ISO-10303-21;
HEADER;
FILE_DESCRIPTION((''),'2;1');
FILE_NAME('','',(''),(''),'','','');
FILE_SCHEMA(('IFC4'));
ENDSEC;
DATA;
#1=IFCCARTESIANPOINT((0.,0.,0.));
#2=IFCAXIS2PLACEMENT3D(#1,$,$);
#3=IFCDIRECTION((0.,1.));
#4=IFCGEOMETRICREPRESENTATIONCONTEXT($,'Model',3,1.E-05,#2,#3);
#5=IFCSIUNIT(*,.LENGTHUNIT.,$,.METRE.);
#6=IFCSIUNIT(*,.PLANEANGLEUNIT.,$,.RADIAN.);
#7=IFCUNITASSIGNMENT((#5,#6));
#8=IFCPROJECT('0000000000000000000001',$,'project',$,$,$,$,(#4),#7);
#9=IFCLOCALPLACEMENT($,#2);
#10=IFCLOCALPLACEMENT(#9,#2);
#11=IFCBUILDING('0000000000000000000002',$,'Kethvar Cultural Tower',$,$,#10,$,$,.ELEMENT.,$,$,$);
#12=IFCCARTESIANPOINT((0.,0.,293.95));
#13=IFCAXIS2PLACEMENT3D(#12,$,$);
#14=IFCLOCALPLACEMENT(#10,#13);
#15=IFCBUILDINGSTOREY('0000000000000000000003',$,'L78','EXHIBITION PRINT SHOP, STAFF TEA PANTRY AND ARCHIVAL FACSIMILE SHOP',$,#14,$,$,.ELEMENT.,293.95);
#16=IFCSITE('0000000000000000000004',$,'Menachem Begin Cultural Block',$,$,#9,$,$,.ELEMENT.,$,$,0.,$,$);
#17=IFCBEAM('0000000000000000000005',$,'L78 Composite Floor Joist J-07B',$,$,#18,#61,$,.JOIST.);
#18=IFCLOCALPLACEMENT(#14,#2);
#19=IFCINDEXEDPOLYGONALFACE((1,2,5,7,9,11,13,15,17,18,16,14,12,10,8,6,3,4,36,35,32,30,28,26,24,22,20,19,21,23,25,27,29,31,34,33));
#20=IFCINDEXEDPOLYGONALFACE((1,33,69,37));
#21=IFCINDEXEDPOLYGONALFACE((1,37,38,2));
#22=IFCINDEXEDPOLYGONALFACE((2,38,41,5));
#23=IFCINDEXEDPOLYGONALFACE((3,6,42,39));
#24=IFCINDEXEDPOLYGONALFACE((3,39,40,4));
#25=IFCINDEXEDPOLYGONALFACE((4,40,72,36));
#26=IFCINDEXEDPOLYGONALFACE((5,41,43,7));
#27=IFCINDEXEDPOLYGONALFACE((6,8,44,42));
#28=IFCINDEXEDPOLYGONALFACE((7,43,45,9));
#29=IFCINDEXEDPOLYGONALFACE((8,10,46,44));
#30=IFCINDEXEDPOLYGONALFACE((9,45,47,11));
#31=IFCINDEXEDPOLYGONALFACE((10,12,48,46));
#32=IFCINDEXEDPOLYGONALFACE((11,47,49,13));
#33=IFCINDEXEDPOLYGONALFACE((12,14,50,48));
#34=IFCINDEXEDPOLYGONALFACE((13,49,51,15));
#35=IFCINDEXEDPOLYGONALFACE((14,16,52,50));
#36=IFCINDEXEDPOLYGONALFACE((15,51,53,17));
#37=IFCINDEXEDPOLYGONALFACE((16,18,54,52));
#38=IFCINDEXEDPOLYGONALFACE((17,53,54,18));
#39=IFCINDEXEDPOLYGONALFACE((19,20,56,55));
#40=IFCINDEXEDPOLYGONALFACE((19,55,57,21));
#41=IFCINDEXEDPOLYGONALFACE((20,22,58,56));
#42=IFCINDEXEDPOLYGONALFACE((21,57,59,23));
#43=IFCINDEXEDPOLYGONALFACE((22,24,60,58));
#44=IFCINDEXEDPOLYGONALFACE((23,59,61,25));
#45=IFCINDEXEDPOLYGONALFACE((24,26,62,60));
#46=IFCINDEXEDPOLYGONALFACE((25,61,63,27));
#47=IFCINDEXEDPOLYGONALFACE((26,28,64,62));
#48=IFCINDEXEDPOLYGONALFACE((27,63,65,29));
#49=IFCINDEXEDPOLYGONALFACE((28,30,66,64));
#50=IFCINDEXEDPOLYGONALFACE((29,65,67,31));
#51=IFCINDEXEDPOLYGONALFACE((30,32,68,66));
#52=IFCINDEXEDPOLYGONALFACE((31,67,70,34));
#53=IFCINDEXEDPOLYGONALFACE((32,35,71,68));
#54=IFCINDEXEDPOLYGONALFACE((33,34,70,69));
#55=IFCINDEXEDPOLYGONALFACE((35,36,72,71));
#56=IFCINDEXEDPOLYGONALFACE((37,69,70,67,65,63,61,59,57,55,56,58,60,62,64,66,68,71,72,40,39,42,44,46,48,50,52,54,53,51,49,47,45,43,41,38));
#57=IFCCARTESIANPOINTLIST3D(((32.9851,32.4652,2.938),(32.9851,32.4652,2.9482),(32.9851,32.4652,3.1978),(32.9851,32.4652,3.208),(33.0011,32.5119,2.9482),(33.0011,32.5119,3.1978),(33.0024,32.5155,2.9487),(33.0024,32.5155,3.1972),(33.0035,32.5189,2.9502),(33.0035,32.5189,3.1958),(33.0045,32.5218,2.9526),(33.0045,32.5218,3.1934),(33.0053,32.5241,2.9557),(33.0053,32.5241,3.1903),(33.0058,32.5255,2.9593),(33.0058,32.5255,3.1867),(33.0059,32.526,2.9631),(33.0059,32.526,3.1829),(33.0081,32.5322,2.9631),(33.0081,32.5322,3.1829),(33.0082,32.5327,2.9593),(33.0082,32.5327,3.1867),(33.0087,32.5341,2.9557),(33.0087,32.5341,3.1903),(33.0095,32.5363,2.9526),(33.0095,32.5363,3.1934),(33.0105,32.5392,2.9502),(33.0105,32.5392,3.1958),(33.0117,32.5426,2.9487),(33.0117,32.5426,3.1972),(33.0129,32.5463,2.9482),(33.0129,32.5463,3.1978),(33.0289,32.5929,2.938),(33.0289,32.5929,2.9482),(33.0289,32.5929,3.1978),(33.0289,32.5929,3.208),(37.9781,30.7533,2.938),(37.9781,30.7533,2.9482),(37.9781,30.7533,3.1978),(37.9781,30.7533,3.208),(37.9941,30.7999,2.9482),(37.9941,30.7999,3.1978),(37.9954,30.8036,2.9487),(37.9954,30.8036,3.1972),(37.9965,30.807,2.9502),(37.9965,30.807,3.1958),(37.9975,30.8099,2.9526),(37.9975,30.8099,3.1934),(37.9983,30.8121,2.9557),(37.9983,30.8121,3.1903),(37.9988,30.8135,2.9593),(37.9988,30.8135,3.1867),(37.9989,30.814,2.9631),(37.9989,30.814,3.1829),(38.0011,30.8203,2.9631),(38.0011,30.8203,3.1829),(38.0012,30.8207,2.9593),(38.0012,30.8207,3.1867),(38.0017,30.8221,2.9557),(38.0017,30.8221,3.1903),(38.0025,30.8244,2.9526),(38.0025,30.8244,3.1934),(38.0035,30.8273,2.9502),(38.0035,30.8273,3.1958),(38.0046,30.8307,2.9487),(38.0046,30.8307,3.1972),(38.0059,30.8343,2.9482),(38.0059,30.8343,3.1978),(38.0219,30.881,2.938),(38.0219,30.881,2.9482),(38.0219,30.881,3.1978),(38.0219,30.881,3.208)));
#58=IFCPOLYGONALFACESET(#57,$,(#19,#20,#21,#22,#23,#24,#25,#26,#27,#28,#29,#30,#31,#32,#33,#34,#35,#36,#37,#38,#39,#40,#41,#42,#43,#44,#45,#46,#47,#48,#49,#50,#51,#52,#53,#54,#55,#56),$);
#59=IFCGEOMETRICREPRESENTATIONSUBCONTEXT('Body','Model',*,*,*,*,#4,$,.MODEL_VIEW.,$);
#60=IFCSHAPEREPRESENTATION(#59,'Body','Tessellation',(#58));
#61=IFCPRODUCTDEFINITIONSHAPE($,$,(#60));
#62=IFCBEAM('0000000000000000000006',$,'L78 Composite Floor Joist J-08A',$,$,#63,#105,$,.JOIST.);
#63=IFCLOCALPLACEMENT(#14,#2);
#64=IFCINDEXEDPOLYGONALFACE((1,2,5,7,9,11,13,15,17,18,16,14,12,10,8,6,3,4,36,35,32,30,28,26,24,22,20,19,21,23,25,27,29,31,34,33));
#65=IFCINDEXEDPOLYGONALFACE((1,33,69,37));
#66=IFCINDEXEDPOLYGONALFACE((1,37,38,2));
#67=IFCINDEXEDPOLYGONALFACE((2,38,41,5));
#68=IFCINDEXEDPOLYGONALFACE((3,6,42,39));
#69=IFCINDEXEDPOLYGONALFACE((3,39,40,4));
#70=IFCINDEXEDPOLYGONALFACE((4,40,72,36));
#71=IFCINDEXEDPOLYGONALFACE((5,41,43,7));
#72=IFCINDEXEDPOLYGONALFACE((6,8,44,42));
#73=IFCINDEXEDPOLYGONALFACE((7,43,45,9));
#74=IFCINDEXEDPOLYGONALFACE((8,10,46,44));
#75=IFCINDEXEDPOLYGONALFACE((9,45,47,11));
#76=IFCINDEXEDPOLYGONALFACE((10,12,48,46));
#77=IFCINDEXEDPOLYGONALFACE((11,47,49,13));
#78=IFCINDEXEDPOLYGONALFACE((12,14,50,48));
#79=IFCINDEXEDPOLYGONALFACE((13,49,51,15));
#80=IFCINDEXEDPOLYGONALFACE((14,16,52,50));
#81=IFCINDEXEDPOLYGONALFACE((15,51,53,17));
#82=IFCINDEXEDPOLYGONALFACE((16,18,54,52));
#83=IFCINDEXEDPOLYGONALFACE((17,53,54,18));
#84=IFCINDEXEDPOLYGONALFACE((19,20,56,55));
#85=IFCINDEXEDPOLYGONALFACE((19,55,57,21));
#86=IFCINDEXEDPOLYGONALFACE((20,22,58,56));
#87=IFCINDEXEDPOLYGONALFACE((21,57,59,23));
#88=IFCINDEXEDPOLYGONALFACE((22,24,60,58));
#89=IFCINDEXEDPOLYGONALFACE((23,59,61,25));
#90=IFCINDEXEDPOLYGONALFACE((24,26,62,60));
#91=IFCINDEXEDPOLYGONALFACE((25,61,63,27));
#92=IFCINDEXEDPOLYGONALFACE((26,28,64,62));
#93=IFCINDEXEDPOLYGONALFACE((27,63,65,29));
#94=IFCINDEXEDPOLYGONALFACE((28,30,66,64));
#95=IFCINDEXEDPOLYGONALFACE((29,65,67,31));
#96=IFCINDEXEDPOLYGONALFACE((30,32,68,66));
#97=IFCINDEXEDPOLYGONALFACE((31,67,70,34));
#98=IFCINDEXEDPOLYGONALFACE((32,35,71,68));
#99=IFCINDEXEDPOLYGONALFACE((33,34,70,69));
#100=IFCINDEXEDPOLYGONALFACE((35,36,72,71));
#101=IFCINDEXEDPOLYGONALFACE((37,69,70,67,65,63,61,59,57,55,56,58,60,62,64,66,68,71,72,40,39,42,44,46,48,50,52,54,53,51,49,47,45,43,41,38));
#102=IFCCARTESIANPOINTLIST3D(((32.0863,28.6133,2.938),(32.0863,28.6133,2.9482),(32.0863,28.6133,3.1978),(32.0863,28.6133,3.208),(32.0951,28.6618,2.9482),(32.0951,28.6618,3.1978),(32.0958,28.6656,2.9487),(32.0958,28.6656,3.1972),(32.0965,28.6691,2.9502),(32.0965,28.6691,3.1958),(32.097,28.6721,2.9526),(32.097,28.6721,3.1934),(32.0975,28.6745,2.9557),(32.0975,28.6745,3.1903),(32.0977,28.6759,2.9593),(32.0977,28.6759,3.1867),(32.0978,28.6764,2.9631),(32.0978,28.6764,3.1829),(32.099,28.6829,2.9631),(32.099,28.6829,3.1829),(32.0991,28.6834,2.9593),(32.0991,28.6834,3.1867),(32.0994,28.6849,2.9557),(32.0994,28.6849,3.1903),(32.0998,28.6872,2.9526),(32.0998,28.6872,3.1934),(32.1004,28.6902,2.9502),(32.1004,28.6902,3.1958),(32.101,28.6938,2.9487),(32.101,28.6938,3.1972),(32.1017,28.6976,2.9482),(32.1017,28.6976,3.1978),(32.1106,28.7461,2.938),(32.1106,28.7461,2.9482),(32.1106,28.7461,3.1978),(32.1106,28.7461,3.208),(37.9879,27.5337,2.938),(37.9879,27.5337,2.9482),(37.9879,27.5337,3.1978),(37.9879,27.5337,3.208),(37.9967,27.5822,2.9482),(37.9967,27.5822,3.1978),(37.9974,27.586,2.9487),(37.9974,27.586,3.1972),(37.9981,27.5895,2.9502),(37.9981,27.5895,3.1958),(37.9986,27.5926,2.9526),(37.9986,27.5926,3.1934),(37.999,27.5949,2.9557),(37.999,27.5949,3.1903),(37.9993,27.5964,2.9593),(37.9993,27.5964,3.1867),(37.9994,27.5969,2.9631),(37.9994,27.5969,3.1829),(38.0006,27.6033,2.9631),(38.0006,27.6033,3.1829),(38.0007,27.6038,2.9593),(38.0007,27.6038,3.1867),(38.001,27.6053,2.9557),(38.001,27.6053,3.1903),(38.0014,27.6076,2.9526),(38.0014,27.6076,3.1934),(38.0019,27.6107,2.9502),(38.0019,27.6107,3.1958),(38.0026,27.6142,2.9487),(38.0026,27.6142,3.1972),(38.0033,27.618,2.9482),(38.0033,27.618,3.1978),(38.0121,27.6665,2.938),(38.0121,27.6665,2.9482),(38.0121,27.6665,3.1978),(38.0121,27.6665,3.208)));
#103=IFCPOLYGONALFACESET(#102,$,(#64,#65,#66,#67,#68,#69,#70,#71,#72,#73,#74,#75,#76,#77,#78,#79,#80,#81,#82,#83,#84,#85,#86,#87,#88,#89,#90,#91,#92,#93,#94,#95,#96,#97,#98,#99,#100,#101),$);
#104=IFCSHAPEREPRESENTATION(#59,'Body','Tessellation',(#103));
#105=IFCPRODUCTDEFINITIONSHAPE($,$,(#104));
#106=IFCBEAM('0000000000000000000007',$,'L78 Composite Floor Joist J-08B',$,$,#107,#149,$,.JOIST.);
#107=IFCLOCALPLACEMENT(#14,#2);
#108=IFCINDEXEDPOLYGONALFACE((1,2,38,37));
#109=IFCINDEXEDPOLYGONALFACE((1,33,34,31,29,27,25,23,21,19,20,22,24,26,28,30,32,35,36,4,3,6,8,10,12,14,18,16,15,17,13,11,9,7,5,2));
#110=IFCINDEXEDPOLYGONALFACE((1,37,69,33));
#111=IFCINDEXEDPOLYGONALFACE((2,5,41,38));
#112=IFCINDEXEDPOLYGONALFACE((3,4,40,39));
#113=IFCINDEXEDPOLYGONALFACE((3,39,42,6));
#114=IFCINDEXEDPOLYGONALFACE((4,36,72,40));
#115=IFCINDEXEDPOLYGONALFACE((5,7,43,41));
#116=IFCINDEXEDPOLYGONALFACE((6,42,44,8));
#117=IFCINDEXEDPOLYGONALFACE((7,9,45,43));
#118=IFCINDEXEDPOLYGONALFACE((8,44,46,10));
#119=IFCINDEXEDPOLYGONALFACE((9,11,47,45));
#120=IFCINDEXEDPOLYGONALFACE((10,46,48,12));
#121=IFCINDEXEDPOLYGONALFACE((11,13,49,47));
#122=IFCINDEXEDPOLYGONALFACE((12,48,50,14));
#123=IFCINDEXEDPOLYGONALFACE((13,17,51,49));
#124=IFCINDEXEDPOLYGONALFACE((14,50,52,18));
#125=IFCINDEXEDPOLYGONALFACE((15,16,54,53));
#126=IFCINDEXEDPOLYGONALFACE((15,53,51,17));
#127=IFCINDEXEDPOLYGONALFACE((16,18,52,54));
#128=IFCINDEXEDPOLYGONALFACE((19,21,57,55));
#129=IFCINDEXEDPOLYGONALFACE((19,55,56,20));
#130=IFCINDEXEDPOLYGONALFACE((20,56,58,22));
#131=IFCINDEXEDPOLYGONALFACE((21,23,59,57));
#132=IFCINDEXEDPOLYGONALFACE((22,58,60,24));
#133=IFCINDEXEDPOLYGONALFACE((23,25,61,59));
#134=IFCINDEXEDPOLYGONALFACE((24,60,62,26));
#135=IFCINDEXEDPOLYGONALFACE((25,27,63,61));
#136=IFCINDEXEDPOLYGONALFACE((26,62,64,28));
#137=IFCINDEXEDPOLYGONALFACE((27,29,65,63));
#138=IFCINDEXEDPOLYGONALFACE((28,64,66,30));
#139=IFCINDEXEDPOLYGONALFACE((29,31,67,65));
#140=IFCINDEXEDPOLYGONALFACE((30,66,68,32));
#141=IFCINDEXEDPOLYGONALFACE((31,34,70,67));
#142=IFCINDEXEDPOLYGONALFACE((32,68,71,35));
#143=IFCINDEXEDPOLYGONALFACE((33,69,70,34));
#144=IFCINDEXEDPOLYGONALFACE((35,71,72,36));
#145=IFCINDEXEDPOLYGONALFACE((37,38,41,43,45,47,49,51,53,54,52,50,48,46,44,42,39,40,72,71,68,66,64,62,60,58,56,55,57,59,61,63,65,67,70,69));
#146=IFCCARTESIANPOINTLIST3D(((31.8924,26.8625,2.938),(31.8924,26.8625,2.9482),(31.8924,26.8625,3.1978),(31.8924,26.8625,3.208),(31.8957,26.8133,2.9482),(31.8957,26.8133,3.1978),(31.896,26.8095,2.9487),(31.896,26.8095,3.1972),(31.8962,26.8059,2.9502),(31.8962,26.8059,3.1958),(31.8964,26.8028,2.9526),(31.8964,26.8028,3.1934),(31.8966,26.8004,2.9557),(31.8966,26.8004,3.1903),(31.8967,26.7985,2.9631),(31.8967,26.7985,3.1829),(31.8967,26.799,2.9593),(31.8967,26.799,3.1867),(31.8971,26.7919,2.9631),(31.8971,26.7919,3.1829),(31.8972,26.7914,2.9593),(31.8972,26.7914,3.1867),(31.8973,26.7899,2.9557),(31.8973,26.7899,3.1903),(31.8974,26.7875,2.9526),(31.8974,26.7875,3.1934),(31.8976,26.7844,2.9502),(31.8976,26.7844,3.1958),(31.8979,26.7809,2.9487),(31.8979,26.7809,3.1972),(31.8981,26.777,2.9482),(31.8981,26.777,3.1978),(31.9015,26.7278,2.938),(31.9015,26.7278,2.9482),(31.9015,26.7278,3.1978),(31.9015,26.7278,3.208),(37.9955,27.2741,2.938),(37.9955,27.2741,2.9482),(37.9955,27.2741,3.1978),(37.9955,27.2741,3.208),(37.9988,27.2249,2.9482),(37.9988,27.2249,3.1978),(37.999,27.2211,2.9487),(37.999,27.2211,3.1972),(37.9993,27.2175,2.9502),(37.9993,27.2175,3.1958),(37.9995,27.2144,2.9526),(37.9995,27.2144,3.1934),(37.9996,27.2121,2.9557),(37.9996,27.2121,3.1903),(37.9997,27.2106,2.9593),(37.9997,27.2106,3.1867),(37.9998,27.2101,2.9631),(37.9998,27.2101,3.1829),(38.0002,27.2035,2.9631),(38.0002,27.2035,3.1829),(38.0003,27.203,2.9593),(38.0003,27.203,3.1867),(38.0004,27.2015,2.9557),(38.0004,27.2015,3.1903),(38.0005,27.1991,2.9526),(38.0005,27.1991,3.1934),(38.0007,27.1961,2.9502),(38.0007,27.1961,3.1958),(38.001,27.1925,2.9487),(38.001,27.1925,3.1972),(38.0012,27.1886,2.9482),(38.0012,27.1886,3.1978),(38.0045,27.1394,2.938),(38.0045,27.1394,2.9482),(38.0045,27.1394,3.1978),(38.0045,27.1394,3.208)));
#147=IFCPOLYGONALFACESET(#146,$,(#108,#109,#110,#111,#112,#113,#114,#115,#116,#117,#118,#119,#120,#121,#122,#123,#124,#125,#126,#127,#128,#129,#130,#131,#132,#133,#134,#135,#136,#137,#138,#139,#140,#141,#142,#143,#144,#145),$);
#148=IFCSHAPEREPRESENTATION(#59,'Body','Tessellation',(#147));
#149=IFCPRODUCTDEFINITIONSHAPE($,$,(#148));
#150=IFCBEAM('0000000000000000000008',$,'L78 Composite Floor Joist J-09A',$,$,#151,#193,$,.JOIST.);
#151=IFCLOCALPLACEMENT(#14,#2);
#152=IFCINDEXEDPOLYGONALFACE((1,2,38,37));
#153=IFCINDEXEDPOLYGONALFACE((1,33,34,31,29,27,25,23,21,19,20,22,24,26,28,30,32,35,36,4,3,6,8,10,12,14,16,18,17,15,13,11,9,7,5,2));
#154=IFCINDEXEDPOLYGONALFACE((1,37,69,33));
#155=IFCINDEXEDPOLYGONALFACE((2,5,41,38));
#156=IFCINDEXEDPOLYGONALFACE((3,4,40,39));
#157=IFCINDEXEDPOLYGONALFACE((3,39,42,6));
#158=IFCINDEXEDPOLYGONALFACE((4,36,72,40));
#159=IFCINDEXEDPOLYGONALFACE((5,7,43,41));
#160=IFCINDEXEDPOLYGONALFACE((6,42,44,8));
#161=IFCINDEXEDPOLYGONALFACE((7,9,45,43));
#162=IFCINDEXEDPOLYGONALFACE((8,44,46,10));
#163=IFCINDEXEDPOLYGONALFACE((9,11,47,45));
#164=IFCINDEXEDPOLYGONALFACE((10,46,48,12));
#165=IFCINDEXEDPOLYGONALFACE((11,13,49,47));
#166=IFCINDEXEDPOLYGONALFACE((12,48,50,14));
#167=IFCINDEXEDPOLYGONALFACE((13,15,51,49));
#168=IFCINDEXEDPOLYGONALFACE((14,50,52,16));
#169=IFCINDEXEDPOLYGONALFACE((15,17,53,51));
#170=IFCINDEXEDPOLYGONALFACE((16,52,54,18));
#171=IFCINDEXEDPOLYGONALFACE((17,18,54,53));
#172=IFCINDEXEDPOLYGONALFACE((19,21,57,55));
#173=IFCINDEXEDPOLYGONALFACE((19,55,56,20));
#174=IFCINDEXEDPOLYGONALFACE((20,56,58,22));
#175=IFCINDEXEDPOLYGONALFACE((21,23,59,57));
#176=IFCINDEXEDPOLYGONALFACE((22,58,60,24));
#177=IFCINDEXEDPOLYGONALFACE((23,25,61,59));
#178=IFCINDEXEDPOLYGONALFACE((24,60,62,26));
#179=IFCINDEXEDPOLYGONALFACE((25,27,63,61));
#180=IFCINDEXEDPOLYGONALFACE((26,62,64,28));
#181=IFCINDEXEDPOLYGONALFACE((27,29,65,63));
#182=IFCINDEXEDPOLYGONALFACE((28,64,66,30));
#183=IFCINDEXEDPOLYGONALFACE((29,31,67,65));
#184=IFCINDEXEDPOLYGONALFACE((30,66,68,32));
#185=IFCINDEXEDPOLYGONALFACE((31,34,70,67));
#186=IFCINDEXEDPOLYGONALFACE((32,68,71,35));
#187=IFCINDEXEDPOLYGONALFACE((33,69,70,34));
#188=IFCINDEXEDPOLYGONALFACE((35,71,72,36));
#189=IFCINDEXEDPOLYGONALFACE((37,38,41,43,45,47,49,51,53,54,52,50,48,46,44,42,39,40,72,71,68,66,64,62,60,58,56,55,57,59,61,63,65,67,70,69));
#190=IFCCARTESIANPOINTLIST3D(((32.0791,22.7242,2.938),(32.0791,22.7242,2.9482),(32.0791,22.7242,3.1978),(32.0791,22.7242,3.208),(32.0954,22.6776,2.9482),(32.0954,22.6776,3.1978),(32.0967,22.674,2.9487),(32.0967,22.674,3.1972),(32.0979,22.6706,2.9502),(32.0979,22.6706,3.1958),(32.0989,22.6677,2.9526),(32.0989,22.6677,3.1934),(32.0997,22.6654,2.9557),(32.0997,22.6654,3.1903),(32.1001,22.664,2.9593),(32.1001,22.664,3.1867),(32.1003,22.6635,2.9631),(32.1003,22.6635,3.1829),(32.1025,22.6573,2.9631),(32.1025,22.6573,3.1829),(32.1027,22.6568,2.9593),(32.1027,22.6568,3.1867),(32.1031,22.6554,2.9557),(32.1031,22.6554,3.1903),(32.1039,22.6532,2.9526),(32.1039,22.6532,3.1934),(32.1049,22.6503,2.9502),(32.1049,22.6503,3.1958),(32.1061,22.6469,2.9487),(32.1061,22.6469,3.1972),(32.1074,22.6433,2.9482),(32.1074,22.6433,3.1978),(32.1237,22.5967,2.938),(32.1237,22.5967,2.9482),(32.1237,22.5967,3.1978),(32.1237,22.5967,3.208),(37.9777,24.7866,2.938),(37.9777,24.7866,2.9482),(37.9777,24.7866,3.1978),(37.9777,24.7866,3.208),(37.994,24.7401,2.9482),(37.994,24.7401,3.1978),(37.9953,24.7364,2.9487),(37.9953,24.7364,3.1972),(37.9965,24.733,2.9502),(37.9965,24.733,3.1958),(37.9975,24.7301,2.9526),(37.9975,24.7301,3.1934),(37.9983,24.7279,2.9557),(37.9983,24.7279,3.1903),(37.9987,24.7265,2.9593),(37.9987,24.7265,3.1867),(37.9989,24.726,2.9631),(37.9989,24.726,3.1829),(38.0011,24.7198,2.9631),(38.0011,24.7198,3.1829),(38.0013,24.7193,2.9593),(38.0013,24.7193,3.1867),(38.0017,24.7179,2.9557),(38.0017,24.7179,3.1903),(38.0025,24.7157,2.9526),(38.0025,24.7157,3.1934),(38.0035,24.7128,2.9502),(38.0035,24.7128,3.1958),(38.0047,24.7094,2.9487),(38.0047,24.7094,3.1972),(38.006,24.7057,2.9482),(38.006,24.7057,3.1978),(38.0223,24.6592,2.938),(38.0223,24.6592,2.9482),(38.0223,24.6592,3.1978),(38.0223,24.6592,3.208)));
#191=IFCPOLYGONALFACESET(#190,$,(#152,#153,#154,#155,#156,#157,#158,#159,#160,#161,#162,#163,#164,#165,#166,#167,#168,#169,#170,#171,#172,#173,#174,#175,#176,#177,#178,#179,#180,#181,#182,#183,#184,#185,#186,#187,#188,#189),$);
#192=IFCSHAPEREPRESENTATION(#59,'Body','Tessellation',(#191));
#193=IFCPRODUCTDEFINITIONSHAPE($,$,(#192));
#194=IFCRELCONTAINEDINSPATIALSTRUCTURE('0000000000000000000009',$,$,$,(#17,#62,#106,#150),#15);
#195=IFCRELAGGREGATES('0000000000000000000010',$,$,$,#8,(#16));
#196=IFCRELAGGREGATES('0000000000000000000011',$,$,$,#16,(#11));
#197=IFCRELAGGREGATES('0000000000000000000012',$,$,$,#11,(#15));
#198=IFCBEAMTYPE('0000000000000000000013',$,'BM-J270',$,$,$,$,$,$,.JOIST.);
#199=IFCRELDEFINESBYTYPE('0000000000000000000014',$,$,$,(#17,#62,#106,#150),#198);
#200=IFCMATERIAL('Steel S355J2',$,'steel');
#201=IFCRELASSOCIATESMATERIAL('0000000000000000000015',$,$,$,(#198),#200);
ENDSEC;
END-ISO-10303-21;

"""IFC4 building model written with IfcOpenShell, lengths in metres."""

from ifc_helpers import new_model, si_unit, direction, frame, origin, origin_2d, place, context, subcontext, project, spatial, i_section, extrude, source, transform, mapped, material, material_profile, profile_set, type_object, element, save


model = new_model("IFC4")

# Units and contexts
model_context = context("Model", 3, precision=1e-05, world=origin(), true_north=direction((0.0, 1.0)))
body_context = subcontext(model_context, "Body", "Model", "MODEL_VIEW")
ifc_project = project(units=[si_unit("LENGTHUNIT", "METRE"), si_unit("PLANEANGLEUNIT", "RADIAN")], contexts=[model_context])

# Site, building, storey
site_placement = place(None, origin())
site = spatial("IfcSite", under=ifc_project, at=site_placement, Name="Menachem Begin Cultural Block", CompositionType="ELEMENT", RefElevation=0.0)
building_placement = place(site_placement, origin())
building = spatial("IfcBuilding", under=site, at=building_placement, Name="Kethvar Cultural Tower", CompositionType="ELEMENT")
storey_placement = place(building_placement, frame((0.0, 0.0, 293.95)))
storey = spatial("IfcBuildingStorey", under=building, at=storey_placement, Name="L78", Description="EXHIBITION PRINT SHOP, STAFF TEA PANTRY AND ARCHIVAL FACSIMILE SHOP", CompositionType="ELEMENT", Elevation=293.95)

# Beams
ifc_material_1 = material(Name="Steel S355J2", Category="steel")
ifc_material_profile_1 = material_profile(ifc_material_1, i_section(OverallWidth=0.135, OverallDepth=0.27, WebThickness=0.0066, FlangeThickness=0.0103, FilletRadius=0.0149, at=origin_2d()), Name="Steel S355J2 — IPE270")
ifc_profile_set_1 = profile_set([ifc_material_profile_1], Name="Steel S355J2 — IPE270")
beam_type_1 = type_object("IfcBeamType", Name="BM-J270", PredefinedType="JOIST", material=ifc_profile_set_1)
shared_shape_1 = source(origin(), body_context, "Body", "SweptSolid", [
    extrude(i_section(OverallWidth=0.135, OverallDepth=0.27, WebThickness=0.0066, FlangeThickness=0.0103, FilletRadius=0.0149, at=origin_2d()), origin(), (0.0, 0.0, 1.0), 5.2783),
])
beam_1_placement = place(storey_placement, frame((38.0, 30.8171, 3.073), z_axis=(-0.945943, 0.324334, 0.0), x_axis=(-0.324334, -0.945943, 0.0)))
element("IfcBeam", 1, at=beam_1_placement, inside=storey, type_object=beam_type_1, Name="L78 Composite Floor Joist J-07B", PredefinedType="JOIST", context=body_context, shape_type="MappedRepresentation", body=[
    mapped(shared_shape_1, transform((0.0, 0.0, 0.0), scale=1.0)),
])
shared_shape_2 = source(origin(), body_context, "Body", "SweptSolid", [
    extrude(i_section(OverallWidth=0.135, OverallDepth=0.27, WebThickness=0.0066, FlangeThickness=0.0103, FilletRadius=0.0149, at=origin_2d()), origin(), (0.0, 0.0, 1.0), 5.9995),
])
beam_2_placement = place(storey_placement, frame((38.0, 27.6001, 3.073), z_axis=(-0.983677, 0.179945, 0.0), x_axis=(-0.179945, -0.983677, 0.0)))
element("IfcBeam", 2, at=beam_2_placement, inside=storey, type_object=beam_type_1, Name="L78 Composite Floor Joist J-08A", PredefinedType="JOIST", context=body_context, shape_type="MappedRepresentation", body=[
    mapped(shared_shape_2, transform((0.0, 0.0, 0.0), scale=1.0)),
])
shared_shape_3 = source(origin(), body_context, "Body", "SweptSolid", [
    extrude(i_section(OverallWidth=0.135, OverallDepth=0.27, WebThickness=0.0066, FlangeThickness=0.0103, FilletRadius=0.0149, at=origin_2d()), origin(), (0.0, 0.0, 1.0), 6.1169),
])
beam_3_placement = place(storey_placement, frame((38.0, 27.2068, 3.073), z_axis=(-0.997733, -0.067293, 0.0), x_axis=(0.067293, -0.997733, 0.0)))
element("IfcBeam", 3, at=beam_3_placement, inside=storey, type_object=beam_type_1, Name="L78 Composite Floor Joist J-08B", PredefinedType="JOIST", context=body_context, shape_type="MappedRepresentation", body=[
    mapped(shared_shape_3, transform((0.0, 0.0, 0.0), scale=1.0)),
])
shared_shape_4 = source(origin(), body_context, "Body", "SweptSolid", [
    extrude(i_section(OverallWidth=0.135, OverallDepth=0.27, WebThickness=0.0066, FlangeThickness=0.0103, FilletRadius=0.0149, at=origin_2d()), origin(), (0.0, 0.0, 1.0), 6.2488),
])
beam_4_placement = place(storey_placement, frame((38.0, 24.7229, 3.073), z_axis=(-0.94396, -0.33006, 0.0), x_axis=(0.33006, -0.94396, 0.0)))
element("IfcBeam", 4, at=beam_4_placement, inside=storey, type_object=beam_type_1, Name="L78 Composite Floor Joist J-09A", PredefinedType="JOIST", context=body_context, shape_type="MappedRepresentation", body=[
    mapped(shared_shape_4, transform((0.0, 0.0, 0.0), scale=1.0)),
])

save(model, "model.ifc")
